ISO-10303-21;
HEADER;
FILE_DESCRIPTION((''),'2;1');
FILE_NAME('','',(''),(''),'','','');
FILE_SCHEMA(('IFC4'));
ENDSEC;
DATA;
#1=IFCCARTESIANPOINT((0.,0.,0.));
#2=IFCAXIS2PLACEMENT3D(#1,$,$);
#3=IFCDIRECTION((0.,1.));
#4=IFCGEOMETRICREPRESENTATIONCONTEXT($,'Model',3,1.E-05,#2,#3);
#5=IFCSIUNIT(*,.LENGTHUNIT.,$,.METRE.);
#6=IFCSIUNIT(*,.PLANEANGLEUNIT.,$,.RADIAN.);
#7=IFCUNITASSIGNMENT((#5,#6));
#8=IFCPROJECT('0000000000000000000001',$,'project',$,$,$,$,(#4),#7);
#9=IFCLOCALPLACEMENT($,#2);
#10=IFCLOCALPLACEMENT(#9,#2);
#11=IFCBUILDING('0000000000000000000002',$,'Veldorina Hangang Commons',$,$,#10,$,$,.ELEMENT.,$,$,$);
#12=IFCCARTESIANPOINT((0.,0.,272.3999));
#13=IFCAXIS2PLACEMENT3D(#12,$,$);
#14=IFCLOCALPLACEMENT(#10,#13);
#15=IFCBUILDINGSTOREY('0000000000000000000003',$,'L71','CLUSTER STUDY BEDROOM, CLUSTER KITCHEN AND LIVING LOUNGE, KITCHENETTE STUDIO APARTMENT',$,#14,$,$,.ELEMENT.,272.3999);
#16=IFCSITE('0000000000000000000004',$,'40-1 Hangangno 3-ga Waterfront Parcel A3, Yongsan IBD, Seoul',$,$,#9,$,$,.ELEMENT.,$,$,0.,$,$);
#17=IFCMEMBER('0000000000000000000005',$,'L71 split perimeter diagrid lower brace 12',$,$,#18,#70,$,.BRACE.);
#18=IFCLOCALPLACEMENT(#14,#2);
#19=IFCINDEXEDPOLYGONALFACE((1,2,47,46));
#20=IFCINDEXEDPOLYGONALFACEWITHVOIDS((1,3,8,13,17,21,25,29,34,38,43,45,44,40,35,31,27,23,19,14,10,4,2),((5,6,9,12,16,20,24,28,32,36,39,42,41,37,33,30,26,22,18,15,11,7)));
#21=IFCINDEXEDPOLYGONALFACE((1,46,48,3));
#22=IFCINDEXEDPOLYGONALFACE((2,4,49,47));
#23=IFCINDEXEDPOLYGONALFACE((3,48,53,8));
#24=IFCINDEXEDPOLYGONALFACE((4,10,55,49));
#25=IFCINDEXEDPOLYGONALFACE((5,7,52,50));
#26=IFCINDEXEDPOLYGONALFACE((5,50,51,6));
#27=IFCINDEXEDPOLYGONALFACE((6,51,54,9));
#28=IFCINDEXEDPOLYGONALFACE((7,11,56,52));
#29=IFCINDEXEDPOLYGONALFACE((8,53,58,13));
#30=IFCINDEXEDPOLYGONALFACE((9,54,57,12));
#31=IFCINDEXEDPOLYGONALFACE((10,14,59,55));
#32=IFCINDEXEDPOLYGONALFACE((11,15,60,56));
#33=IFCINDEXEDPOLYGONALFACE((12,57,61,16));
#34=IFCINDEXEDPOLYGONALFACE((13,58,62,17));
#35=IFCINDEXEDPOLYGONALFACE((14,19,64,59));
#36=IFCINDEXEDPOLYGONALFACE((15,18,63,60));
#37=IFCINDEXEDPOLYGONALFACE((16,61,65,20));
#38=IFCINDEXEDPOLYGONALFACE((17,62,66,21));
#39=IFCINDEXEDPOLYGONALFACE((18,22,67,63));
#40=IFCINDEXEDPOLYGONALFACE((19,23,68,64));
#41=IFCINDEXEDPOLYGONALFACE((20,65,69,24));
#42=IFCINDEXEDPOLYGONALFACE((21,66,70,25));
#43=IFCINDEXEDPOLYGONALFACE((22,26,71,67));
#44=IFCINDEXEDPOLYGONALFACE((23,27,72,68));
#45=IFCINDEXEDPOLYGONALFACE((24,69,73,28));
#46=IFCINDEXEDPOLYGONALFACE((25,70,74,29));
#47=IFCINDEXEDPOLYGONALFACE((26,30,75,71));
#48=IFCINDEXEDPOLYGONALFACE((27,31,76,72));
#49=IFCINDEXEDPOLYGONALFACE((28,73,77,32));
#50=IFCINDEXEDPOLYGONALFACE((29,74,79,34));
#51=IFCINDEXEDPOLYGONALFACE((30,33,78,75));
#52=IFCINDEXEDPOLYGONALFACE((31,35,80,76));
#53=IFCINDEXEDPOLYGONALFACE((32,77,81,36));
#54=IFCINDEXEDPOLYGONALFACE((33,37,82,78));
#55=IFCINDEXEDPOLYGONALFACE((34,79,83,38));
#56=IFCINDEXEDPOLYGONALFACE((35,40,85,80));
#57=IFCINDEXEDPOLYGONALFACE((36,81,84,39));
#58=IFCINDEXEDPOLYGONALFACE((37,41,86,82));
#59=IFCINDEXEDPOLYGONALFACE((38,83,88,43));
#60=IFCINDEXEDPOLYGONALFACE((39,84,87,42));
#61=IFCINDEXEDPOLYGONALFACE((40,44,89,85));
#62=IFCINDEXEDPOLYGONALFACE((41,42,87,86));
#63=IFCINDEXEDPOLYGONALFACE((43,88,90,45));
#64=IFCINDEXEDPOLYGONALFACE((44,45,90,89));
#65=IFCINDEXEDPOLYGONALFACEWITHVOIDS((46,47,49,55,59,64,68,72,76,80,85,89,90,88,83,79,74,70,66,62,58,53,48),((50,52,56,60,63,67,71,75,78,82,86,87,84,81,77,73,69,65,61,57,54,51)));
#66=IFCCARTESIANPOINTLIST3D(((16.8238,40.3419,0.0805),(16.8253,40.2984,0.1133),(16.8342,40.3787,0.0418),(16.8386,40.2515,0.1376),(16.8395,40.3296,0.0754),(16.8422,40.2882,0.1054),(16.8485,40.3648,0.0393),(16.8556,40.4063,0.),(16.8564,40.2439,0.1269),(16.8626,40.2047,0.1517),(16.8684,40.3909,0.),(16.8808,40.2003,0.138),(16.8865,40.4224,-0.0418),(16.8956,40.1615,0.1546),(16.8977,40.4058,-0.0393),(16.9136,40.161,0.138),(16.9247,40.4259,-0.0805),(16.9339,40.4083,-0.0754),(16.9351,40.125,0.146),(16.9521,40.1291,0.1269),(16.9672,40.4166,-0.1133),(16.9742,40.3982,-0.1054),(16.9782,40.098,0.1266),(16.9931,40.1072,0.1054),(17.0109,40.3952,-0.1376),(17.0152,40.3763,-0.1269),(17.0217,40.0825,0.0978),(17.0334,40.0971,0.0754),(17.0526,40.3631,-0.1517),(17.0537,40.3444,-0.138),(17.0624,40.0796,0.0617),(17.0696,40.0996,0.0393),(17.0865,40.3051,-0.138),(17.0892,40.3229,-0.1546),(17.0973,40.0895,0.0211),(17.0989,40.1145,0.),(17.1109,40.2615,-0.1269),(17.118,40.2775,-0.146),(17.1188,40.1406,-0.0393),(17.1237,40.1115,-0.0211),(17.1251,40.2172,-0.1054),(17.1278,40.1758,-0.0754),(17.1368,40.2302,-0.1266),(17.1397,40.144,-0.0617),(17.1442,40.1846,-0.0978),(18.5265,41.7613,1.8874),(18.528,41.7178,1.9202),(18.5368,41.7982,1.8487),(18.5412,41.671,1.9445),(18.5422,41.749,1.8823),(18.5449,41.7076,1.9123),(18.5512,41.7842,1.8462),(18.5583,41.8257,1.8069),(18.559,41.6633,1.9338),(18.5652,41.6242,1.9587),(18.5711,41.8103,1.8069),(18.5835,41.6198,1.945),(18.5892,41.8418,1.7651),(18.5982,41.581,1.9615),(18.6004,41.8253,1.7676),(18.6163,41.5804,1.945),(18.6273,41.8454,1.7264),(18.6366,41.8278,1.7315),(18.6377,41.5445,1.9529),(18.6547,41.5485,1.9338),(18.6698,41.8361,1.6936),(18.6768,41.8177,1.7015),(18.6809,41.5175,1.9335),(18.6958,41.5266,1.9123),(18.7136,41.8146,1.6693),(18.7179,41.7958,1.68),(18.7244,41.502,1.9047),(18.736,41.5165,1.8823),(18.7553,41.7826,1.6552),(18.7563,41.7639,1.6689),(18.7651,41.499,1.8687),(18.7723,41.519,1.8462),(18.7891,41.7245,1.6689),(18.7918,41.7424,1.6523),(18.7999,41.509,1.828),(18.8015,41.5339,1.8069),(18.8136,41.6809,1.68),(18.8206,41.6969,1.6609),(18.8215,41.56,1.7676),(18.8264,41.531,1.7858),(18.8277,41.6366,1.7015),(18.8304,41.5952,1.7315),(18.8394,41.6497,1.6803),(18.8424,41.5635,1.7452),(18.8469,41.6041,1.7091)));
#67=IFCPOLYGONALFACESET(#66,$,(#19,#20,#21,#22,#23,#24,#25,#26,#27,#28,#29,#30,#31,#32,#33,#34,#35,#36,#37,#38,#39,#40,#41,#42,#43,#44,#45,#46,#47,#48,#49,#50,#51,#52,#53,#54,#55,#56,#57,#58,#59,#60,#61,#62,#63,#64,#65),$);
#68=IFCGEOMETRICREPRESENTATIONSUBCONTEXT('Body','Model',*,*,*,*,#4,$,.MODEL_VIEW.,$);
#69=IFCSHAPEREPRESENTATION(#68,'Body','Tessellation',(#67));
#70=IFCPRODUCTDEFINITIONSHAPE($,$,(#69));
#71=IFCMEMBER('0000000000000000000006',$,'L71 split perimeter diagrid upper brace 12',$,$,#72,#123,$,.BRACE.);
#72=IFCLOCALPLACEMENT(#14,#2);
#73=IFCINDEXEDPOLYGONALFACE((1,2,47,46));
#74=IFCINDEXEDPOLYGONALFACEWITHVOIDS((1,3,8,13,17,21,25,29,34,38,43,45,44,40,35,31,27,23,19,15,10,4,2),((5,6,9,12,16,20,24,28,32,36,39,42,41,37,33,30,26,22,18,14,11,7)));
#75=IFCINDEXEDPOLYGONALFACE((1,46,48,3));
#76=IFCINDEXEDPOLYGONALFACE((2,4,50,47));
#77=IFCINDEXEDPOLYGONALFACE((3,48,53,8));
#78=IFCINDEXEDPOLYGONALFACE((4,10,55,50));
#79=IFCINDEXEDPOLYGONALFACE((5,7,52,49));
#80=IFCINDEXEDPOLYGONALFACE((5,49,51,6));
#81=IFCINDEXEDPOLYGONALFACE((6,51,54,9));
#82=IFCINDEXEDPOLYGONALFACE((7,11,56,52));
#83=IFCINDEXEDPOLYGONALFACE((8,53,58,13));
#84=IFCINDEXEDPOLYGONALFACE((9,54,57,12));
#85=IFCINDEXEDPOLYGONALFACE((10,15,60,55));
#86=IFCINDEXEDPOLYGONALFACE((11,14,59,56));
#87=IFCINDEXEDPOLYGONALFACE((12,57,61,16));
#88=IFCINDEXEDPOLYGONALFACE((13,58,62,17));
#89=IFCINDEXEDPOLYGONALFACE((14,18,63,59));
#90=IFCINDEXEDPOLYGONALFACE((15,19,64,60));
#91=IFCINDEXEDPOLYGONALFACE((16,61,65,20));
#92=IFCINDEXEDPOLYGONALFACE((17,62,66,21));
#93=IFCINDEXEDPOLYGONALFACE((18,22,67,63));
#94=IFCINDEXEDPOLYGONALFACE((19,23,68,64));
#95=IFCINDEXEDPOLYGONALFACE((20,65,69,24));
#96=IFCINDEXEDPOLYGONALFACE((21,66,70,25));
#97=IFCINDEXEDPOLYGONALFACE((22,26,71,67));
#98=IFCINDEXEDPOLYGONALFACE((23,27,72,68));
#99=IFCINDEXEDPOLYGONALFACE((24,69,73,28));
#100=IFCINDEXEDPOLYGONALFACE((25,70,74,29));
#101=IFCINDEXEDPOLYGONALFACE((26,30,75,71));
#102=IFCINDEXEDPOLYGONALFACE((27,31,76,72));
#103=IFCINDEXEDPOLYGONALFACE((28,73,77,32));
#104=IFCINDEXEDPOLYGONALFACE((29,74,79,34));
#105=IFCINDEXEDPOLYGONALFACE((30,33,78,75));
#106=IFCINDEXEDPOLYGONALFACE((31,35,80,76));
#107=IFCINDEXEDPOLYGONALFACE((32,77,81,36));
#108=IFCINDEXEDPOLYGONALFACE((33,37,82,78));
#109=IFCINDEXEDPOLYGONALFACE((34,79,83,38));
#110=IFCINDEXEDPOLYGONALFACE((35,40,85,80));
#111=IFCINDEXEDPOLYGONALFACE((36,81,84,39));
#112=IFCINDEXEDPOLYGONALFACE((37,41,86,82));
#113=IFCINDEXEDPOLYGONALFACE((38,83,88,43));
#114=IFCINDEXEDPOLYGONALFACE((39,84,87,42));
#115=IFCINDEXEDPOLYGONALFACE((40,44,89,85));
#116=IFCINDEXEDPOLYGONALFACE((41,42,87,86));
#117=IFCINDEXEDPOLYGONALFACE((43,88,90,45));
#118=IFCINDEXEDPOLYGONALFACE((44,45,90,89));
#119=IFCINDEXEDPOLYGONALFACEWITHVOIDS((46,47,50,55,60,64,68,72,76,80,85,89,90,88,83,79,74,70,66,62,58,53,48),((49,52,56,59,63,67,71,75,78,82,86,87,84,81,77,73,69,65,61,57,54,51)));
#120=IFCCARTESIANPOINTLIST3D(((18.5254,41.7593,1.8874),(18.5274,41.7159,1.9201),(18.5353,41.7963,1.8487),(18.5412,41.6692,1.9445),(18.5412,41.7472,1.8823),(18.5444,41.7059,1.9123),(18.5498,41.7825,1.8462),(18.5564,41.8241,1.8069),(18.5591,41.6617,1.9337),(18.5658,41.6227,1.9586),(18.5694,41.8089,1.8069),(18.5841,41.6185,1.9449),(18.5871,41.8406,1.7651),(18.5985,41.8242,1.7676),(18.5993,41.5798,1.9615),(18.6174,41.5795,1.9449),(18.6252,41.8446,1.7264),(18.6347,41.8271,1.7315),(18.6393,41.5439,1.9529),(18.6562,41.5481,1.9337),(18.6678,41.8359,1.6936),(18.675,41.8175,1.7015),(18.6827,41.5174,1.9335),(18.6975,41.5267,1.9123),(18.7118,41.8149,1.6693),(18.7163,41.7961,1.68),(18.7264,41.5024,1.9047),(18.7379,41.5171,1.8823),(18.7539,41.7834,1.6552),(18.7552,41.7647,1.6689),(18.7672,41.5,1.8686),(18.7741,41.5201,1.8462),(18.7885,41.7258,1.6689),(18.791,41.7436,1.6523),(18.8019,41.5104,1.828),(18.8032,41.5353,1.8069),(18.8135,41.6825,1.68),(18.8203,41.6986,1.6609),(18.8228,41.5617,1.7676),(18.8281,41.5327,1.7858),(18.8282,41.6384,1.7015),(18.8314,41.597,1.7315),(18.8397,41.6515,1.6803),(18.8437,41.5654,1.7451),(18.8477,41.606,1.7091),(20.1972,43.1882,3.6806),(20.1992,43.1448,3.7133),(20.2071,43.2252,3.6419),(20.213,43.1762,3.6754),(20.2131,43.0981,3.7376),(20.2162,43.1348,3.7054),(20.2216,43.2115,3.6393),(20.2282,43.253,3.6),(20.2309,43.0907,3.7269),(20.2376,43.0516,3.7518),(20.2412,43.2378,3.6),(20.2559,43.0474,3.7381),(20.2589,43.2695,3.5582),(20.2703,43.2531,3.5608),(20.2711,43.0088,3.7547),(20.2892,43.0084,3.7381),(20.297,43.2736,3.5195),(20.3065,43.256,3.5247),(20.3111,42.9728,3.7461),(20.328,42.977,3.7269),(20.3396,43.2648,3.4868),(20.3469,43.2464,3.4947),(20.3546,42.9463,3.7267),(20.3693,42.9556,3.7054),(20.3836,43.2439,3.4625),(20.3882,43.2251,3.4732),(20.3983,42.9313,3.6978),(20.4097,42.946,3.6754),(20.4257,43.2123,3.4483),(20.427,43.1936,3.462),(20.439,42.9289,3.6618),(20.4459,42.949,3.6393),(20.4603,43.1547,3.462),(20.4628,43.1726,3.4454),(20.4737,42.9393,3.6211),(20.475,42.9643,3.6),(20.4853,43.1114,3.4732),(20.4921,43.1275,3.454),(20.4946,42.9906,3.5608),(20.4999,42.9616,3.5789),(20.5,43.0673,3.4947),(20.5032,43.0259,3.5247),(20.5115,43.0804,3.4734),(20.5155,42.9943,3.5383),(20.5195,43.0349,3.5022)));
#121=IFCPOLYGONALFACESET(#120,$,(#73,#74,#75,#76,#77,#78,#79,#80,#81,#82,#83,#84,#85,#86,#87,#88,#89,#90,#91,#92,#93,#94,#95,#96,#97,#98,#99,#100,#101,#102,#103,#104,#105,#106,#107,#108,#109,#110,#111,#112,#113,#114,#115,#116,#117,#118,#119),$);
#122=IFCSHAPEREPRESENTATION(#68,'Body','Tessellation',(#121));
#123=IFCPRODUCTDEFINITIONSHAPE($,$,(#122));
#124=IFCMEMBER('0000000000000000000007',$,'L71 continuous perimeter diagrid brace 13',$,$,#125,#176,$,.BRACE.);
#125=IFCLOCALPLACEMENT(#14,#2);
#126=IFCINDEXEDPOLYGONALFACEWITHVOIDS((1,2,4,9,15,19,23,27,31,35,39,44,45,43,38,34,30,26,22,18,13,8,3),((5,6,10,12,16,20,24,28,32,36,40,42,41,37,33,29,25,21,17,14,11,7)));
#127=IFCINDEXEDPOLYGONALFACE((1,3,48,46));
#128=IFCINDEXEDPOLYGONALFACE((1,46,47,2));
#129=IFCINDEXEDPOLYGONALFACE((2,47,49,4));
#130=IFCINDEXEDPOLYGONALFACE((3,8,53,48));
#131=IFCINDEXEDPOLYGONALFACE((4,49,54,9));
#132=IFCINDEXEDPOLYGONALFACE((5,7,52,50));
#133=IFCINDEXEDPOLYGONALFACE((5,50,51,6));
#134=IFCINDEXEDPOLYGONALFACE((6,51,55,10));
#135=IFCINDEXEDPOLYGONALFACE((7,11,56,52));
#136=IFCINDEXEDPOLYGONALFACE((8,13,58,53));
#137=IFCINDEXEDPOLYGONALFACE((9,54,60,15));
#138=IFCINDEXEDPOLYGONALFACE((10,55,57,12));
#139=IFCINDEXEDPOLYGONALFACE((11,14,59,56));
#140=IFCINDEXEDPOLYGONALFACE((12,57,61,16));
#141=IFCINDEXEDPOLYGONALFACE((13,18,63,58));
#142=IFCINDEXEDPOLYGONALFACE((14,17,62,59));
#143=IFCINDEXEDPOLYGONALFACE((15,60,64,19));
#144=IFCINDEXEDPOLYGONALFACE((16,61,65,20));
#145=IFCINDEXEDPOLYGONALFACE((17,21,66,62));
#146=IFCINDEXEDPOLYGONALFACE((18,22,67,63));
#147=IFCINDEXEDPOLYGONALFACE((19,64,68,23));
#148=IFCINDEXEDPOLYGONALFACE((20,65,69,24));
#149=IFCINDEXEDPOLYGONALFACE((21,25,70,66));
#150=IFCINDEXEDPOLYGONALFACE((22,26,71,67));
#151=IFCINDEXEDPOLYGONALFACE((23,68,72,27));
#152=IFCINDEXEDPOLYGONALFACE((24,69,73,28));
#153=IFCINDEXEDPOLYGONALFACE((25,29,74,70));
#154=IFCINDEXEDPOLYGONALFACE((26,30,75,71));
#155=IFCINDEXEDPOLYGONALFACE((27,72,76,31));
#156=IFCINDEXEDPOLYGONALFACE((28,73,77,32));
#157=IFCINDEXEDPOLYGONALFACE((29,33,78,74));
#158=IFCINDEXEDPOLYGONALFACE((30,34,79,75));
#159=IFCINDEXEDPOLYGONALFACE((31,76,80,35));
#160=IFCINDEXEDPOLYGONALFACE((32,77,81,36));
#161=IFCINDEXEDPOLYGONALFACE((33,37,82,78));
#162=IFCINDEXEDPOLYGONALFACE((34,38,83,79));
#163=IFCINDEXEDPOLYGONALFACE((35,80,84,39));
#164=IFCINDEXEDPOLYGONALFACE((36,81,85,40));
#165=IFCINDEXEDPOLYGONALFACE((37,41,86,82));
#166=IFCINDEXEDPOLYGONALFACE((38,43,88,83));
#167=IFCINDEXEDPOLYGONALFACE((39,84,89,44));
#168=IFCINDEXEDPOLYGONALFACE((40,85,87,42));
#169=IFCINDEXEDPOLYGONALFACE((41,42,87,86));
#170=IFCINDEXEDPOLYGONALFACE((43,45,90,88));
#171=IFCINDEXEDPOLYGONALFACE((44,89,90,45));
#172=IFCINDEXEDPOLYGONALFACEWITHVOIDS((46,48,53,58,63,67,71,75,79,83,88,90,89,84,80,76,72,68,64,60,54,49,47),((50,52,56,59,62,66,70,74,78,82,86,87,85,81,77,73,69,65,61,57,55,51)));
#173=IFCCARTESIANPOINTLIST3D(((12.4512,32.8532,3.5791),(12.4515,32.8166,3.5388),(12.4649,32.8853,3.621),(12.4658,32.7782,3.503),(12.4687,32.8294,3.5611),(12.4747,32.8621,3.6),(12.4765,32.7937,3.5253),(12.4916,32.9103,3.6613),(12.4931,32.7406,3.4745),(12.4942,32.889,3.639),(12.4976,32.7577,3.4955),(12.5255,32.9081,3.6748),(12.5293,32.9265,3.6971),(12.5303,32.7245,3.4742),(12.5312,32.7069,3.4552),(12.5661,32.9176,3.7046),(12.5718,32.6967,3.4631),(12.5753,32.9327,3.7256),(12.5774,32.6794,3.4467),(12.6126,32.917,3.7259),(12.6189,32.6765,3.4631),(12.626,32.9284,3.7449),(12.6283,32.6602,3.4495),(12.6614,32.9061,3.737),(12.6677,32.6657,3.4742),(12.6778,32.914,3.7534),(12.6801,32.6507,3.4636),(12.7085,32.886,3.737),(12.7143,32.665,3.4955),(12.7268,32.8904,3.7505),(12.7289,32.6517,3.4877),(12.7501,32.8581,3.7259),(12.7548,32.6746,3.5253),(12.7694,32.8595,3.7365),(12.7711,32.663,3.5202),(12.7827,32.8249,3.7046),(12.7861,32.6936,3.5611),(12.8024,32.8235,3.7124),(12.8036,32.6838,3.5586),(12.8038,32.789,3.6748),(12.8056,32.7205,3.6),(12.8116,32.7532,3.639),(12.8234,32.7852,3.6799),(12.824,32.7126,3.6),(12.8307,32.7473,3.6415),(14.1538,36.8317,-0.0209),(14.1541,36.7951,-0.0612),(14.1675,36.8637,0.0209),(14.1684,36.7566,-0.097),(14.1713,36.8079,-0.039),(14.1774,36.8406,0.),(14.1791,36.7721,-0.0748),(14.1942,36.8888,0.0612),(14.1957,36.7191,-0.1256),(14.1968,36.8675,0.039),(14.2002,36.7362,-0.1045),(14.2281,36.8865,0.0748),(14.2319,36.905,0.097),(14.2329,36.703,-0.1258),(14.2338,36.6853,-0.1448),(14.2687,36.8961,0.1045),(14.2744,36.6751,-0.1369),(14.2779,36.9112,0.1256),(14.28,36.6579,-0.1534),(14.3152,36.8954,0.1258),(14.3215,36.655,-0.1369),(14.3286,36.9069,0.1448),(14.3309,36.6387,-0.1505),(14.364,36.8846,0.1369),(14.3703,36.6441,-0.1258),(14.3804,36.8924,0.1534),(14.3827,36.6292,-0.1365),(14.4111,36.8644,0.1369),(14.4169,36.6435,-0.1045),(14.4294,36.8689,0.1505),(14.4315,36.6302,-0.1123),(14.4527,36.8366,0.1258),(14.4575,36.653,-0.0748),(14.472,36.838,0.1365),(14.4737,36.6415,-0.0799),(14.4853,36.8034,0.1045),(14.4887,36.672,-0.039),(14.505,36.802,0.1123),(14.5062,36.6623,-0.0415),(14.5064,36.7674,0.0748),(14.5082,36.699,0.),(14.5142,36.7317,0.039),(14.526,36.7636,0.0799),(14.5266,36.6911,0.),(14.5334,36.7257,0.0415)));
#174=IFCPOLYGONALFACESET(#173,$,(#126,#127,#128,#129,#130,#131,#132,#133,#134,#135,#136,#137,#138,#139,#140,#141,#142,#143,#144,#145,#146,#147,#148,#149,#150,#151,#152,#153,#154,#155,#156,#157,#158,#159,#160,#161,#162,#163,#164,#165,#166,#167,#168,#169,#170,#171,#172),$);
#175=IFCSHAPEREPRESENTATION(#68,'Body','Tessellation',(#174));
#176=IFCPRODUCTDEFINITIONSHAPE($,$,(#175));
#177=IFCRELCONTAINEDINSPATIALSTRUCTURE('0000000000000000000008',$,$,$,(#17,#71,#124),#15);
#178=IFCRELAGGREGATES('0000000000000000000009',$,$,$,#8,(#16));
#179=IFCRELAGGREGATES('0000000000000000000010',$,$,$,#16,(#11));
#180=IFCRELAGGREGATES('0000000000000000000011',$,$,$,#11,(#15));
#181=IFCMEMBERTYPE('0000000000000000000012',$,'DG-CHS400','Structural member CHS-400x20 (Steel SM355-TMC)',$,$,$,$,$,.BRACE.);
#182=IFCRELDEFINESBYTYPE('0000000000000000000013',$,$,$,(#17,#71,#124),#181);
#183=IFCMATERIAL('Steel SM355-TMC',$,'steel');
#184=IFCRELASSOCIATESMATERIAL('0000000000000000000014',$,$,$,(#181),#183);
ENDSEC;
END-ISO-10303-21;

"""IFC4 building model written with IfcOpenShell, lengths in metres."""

from ifc_helpers import new_model, si_unit, direction, frame, origin, origin_2d, place, context, subcontext, project, spatial, hollow_circle, extrude, material, material_profile, profile_set, type_object, element, save


model = new_model("IFC4")

# Units and contexts
model_context = context("Model", 3, precision=1e-05, world=origin(), true_north=direction((0.0, 1.0)))
body_context = subcontext(model_context, "Body", "Model", "MODEL_VIEW")
ifc_project = project(units=[si_unit("LENGTHUNIT", "METRE"), si_unit("PLANEANGLEUNIT", "RADIAN")], contexts=[model_context])

# Site, building, storey
site_placement = place(None, origin())
site = spatial("IfcSite", under=ifc_project, at=site_placement, Name="40-1 Hangangno 3-ga Waterfront Parcel A3, Yongsan IBD, Seoul", CompositionType="ELEMENT", RefElevation=0.0)
building_placement = place(site_placement, origin())
building = spatial("IfcBuilding", under=site, at=building_placement, Name="Veldorina Hangang Commons", CompositionType="ELEMENT")
storey_placement = place(building_placement, frame((0.0, 0.0, 272.3999)))
storey = spatial("IfcBuildingStorey", under=building, at=storey_placement, Name="L71", Description="CLUSTER STUDY BEDROOM, CLUSTER KITCHEN AND LIVING LOUNGE, KITCHENETTE STUDIO APARTMENT", CompositionType="ELEMENT", Elevation=272.3999)

# Shared definitions
ifc_material_1 = material(Name="Steel SM355-TMC", Category="steel")

# Members
ifc_material_profile_1 = material_profile(ifc_material_1, hollow_circle(Radius=0.2, WallThickness=0.02, at=origin_2d()), Name="CHS-400x20")
ifc_profile_set_1 = profile_set([ifc_material_profile_1], Name="Steel SM355-TMC")
member_type_1 = type_object("IfcMemberType", Name="DG-CHS400", Description="Structural member CHS-400x20 (Steel SM355-TMC)", PredefinedType="BRACE", material=ifc_profile_set_1)
member_1_placement = place(storey_placement, frame((16.9836, 40.2527, 0.0), z_axis=(0.595364, 0.496336, 0.631817), x_axis=(-0.640336, 0.768095, 0.0)))
element("IfcMember", 1, at=member_1_placement, inside=storey, type_object=member_type_1, Name="L71 split perimeter diagrid lower brace 12", PredefinedType="BRACE", context=body_context, shape_type="SweptSolid", body=[
    extrude(hollow_circle(Radius=0.2, WallThickness=0.02, at=origin_2d()), origin(), (0.0, 0.0, 1.0), 2.8599),
])
member_2_placement = place(storey_placement, frame((18.6863, 41.6721, 1.8069), z_axis=(0.58916, 0.503556, 0.631919), x_axis=(-0.649721, 0.760173, 0.0)))
element("IfcMember", 2, at=member_2_placement, inside=storey, type_object=member_type_1, Name="L71 split perimeter diagrid upper brace 12", PredefinedType="BRACE", context=body_context, shape_type="SweptSolid", body=[
    extrude(hollow_circle(Radius=0.2, WallThickness=0.02, at=origin_2d()), origin(), (0.0, 0.0, 1.0), 2.8376),
])
member_3_placement = place(storey_placement, frame((14.3428, 36.7698, 0.0), z_axis=(-0.302463, -0.70676, 0.639536), x_axis=(0.919349, -0.393443, 0.0)))
element("IfcMember", 3, at=member_3_placement, inside=storey, type_object=member_type_1, Name="L71 continuous perimeter diagrid brace 13", PredefinedType="BRACE", context=body_context, shape_type="SweptSolid", body=[
    extrude(hollow_circle(Radius=0.2, WallThickness=0.02, at=origin_2d()), origin(), (0.0, 0.0, 1.0), 5.6292),
])

save(model, "model.ifc")
